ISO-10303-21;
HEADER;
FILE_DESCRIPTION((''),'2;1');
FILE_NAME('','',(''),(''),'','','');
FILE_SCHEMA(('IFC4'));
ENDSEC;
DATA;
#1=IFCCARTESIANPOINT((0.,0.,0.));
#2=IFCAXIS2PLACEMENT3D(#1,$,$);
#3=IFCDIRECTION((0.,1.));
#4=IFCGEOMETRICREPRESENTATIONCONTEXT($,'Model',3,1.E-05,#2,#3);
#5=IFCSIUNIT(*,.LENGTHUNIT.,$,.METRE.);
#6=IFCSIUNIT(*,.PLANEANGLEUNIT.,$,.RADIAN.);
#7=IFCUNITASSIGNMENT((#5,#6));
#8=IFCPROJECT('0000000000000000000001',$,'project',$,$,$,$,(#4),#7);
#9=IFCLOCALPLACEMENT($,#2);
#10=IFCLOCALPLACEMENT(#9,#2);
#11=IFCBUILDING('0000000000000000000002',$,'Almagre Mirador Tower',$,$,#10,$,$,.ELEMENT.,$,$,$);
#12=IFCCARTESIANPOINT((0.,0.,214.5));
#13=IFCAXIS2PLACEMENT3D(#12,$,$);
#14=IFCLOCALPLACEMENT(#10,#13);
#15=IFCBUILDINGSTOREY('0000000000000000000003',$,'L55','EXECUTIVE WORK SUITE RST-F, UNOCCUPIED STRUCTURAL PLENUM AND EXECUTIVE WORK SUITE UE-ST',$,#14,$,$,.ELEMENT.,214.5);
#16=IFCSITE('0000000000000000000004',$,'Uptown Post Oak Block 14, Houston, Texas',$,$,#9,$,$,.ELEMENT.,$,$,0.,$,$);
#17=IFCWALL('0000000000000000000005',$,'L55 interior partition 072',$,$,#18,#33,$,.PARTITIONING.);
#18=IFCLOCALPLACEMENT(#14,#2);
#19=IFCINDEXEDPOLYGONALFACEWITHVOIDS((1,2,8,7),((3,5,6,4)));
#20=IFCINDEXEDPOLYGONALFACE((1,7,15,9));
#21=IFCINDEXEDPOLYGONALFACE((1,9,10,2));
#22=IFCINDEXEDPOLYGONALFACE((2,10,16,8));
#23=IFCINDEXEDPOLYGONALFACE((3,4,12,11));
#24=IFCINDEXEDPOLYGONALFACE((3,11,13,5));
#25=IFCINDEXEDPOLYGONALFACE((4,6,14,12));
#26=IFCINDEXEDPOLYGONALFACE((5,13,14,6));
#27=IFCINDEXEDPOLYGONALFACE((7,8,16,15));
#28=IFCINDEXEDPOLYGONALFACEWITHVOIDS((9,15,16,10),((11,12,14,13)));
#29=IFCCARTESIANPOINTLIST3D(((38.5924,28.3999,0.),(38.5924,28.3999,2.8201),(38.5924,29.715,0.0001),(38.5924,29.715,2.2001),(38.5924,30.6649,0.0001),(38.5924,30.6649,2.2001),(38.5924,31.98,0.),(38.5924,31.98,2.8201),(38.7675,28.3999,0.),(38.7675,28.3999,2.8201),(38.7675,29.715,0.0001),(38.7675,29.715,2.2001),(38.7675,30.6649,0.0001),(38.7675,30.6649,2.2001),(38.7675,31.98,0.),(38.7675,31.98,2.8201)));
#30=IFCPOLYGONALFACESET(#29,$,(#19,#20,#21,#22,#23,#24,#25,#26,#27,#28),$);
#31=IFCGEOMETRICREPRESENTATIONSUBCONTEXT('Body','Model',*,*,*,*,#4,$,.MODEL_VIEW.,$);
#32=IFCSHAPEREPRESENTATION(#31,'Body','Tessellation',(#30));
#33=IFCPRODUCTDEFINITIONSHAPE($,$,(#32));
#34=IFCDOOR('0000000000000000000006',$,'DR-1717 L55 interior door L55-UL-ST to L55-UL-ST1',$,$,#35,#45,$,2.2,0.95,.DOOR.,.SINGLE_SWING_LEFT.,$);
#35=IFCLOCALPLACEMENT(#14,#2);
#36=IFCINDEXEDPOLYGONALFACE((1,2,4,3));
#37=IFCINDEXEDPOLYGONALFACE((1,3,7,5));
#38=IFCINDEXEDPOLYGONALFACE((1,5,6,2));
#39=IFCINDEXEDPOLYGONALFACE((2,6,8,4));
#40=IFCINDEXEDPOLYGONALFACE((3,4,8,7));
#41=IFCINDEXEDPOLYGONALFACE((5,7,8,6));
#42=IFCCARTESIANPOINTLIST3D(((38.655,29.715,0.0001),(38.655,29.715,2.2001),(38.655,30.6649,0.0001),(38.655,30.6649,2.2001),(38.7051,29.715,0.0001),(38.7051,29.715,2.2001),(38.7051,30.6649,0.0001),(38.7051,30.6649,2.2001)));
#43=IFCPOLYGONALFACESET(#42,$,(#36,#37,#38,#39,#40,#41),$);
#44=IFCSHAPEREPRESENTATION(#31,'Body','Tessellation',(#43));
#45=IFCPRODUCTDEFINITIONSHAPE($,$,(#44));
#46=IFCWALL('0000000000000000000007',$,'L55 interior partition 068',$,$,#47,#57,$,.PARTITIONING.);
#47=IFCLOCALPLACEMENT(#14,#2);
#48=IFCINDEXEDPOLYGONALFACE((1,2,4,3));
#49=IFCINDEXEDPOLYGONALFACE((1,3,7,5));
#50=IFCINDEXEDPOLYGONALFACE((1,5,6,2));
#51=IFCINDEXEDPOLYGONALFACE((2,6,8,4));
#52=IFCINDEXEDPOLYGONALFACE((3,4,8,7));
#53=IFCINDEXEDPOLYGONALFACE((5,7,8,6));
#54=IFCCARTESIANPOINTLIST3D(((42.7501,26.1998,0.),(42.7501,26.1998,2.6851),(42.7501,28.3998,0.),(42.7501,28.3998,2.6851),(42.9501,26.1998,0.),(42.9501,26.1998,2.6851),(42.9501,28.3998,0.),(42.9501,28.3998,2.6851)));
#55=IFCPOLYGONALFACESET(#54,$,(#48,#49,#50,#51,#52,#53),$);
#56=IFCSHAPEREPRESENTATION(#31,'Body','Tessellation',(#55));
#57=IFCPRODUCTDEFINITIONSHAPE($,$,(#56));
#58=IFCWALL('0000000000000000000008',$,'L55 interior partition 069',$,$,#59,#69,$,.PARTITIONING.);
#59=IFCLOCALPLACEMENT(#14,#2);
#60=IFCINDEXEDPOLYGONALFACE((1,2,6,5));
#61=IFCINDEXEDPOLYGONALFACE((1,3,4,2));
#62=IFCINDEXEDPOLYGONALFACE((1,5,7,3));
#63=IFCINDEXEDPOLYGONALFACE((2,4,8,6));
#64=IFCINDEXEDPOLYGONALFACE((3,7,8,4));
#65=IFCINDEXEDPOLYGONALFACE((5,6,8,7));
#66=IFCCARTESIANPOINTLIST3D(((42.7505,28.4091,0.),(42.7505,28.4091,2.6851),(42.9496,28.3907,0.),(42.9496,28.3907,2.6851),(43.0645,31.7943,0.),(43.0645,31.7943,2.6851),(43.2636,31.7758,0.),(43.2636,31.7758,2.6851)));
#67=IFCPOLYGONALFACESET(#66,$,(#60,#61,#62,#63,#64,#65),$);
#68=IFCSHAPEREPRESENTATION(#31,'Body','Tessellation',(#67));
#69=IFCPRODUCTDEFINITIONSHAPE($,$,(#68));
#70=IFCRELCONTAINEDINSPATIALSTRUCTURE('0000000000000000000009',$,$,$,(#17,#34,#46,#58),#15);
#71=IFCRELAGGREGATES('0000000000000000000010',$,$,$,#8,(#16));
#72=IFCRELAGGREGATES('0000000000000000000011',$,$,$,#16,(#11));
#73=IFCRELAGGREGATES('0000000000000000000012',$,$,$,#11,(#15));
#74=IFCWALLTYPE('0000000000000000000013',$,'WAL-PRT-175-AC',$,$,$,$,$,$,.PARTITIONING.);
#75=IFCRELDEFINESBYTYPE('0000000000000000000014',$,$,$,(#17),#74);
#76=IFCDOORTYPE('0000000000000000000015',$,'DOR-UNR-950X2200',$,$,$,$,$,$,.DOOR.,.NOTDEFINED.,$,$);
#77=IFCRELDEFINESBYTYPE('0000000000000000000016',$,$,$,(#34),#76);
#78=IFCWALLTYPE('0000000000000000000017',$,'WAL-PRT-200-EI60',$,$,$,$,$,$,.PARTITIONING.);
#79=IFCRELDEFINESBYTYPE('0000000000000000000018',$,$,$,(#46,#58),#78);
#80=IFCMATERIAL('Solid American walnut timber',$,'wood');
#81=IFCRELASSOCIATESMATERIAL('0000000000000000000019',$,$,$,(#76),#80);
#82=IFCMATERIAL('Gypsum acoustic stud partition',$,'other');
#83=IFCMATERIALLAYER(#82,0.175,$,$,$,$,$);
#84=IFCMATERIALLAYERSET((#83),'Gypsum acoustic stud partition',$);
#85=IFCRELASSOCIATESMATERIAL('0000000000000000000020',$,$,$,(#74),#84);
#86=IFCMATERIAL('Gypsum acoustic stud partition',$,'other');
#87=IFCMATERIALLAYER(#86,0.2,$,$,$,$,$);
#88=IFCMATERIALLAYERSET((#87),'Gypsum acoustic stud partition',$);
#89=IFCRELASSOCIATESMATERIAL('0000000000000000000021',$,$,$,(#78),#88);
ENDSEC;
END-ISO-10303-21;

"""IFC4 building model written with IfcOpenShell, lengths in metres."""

from ifc_helpers import new_model, si_unit, direction, frame, frame_2d, origin, place, context, subcontext, project, spatial, rectangle, extrude, material, layer, layer_set, type_object, element, fill, save


model = new_model("IFC4")

# Units and contexts
model_context = context("Model", 3, precision=1e-05, world=origin(), true_north=direction((0.0, 1.0)))
body_context = subcontext(model_context, "Body", "Model", "MODEL_VIEW")
ifc_project = project(units=[si_unit("LENGTHUNIT", "METRE"), si_unit("PLANEANGLEUNIT", "RADIAN")], contexts=[model_context])

# Site, building, storey
site_placement = place(None, origin())
site = spatial("IfcSite", under=ifc_project, at=site_placement, Name="Uptown Post Oak Block 14, Houston, Texas", CompositionType="ELEMENT", RefElevation=0.0)
building_placement = place(site_placement, origin())
building = spatial("IfcBuilding", under=site, at=building_placement, Name="Almagre Mirador Tower", CompositionType="ELEMENT")
storey_placement = place(building_placement, frame((0.0, 0.0, 214.5)))
storey = spatial("IfcBuildingStorey", under=building, at=storey_placement, Name="L55", Description="EXECUTIVE WORK SUITE RST-F, UNOCCUPIED STRUCTURAL PLENUM AND EXECUTIVE WORK SUITE UE-ST", CompositionType="ELEMENT", Elevation=214.5)

# Shared definitions
ifc_material_1 = material(Name="Solid American walnut timber", Category="wood")
door_type = type_object("IfcDoorType", Name="DOR-UNR-950X2200", OperationType="NOTDEFINED", PredefinedType="DOOR", material=ifc_material_1)

# Wall, opening, door
ifc_material_2 = material(Name="Gypsum acoustic stud partition", Category="other")
ifc_layer_1 = layer(ifc_material_2, 0.175)
ifc_layer_set_1 = layer_set([ifc_layer_1], Name="Gypsum acoustic stud partition")
wall_type_1 = type_object("IfcWallType", Name="WAL-PRT-175-AC", PredefinedType="PARTITIONING", material=ifc_layer_set_1)
wall_1_placement = place(storey_placement, frame((38.6799, 28.3999, 0.0), z_axis=(0.0, 0.0, 1.0), x_axis=(0.0, 1.0, 0.0)))
wall_1 = element("IfcWall", 1, at=wall_1_placement, inside=storey, type_object=wall_type_1, Name="L55 interior partition 072", PredefinedType="PARTITIONING", context=body_context, shape_type="SweptSolid", body=[
    extrude(rectangle(XDim=3.5801, YDim=0.175, at=frame_2d((1.79, 0.0))), origin(), (0.0, 0.0, 1.0), 2.8201),
])
opening_1_placement = place(wall_1_placement, frame((1.3149, 0.0, 0.0)))
opening_1 = element("IfcOpeningElement", 2, at=opening_1_placement, cuts=wall_1, PredefinedType="OPENING", context=body_context, shape_type="SweptSolid", body=[
    extrude(rectangle(XDim=0.95, YDim=2.2, at=frame_2d((0.4751, 1.1001))), frame((0.0, 0.0974, 0.0), z_axis=(0.0, -1.0, 0.0), x_axis=(1.0, 0.0, 0.0)), (0.0, 0.0, 1.0), 0.195),
])
door_1_placement = place(opening_1_placement, origin())
door_1 = element("IfcDoor", 3, at=door_1_placement, inside=storey, type_object=door_type, Name="DR-1717 L55 interior door L55-UL-ST to L55-UL-ST1", OperationType="SINGLE_SWING_LEFT", OverallHeight=2.2, OverallWidth=0.95, PredefinedType="DOOR", context=body_context, shape_type="SweptSolid", body=[
    extrude(rectangle(XDim=0.95, YDim=2.2, at=frame_2d((0.4751, 1.1001))), frame((0.0, 0.0249, 0.0), z_axis=(0.0, -1.0, 0.0), x_axis=(1.0, 0.0, 0.0)), (0.0, 0.0, 1.0), 0.05),
])
fill(opening_1, door_1)

# Walls
ifc_material_3 = material(Name="Gypsum acoustic stud partition", Category="other")
ifc_layer_2 = layer(ifc_material_3, 0.2)
ifc_layer_set_2 = layer_set([ifc_layer_2], Name="Gypsum acoustic stud partition")
wall_type_2 = type_object("IfcWallType", Name="WAL-PRT-200-EI60", PredefinedType="PARTITIONING", material=ifc_layer_set_2)
wall_2_placement = place(storey_placement, frame((42.8501, 28.3999, 0.0), z_axis=(0.0, 0.0, 1.0), x_axis=(0.0, -1.0, 0.0)))
element("IfcWall", 4, at=wall_2_placement, inside=storey, type_object=wall_type_2, Name="L55 interior partition 068", PredefinedType="PARTITIONING", context=body_context, shape_type="SweptSolid", body=[
    extrude(rectangle(XDim=2.2, YDim=0.2, at=frame_2d((1.1001, 0.0))), origin(), (0.0, 0.0, 1.0), 2.6851),
])
wall_3_placement = place(storey_placement, frame((43.1641, 31.7849, 0.0), z_axis=(0.0, 0.0, 1.0), x_axis=(-0.092355, -0.995726, 0.0)))
element("IfcWall", 5, at=wall_3_placement, inside=storey, type_object=wall_type_2, Name="L55 interior partition 069", PredefinedType="PARTITIONING", context=body_context, shape_type="SweptSolid", body=[
    extrude(rectangle(XDim=3.3997, YDim=0.2, at=frame_2d((1.6997, 0.0))), origin(), (0.0, 0.0, 1.0), 2.6851),
])

save(model, "model.ifc")
